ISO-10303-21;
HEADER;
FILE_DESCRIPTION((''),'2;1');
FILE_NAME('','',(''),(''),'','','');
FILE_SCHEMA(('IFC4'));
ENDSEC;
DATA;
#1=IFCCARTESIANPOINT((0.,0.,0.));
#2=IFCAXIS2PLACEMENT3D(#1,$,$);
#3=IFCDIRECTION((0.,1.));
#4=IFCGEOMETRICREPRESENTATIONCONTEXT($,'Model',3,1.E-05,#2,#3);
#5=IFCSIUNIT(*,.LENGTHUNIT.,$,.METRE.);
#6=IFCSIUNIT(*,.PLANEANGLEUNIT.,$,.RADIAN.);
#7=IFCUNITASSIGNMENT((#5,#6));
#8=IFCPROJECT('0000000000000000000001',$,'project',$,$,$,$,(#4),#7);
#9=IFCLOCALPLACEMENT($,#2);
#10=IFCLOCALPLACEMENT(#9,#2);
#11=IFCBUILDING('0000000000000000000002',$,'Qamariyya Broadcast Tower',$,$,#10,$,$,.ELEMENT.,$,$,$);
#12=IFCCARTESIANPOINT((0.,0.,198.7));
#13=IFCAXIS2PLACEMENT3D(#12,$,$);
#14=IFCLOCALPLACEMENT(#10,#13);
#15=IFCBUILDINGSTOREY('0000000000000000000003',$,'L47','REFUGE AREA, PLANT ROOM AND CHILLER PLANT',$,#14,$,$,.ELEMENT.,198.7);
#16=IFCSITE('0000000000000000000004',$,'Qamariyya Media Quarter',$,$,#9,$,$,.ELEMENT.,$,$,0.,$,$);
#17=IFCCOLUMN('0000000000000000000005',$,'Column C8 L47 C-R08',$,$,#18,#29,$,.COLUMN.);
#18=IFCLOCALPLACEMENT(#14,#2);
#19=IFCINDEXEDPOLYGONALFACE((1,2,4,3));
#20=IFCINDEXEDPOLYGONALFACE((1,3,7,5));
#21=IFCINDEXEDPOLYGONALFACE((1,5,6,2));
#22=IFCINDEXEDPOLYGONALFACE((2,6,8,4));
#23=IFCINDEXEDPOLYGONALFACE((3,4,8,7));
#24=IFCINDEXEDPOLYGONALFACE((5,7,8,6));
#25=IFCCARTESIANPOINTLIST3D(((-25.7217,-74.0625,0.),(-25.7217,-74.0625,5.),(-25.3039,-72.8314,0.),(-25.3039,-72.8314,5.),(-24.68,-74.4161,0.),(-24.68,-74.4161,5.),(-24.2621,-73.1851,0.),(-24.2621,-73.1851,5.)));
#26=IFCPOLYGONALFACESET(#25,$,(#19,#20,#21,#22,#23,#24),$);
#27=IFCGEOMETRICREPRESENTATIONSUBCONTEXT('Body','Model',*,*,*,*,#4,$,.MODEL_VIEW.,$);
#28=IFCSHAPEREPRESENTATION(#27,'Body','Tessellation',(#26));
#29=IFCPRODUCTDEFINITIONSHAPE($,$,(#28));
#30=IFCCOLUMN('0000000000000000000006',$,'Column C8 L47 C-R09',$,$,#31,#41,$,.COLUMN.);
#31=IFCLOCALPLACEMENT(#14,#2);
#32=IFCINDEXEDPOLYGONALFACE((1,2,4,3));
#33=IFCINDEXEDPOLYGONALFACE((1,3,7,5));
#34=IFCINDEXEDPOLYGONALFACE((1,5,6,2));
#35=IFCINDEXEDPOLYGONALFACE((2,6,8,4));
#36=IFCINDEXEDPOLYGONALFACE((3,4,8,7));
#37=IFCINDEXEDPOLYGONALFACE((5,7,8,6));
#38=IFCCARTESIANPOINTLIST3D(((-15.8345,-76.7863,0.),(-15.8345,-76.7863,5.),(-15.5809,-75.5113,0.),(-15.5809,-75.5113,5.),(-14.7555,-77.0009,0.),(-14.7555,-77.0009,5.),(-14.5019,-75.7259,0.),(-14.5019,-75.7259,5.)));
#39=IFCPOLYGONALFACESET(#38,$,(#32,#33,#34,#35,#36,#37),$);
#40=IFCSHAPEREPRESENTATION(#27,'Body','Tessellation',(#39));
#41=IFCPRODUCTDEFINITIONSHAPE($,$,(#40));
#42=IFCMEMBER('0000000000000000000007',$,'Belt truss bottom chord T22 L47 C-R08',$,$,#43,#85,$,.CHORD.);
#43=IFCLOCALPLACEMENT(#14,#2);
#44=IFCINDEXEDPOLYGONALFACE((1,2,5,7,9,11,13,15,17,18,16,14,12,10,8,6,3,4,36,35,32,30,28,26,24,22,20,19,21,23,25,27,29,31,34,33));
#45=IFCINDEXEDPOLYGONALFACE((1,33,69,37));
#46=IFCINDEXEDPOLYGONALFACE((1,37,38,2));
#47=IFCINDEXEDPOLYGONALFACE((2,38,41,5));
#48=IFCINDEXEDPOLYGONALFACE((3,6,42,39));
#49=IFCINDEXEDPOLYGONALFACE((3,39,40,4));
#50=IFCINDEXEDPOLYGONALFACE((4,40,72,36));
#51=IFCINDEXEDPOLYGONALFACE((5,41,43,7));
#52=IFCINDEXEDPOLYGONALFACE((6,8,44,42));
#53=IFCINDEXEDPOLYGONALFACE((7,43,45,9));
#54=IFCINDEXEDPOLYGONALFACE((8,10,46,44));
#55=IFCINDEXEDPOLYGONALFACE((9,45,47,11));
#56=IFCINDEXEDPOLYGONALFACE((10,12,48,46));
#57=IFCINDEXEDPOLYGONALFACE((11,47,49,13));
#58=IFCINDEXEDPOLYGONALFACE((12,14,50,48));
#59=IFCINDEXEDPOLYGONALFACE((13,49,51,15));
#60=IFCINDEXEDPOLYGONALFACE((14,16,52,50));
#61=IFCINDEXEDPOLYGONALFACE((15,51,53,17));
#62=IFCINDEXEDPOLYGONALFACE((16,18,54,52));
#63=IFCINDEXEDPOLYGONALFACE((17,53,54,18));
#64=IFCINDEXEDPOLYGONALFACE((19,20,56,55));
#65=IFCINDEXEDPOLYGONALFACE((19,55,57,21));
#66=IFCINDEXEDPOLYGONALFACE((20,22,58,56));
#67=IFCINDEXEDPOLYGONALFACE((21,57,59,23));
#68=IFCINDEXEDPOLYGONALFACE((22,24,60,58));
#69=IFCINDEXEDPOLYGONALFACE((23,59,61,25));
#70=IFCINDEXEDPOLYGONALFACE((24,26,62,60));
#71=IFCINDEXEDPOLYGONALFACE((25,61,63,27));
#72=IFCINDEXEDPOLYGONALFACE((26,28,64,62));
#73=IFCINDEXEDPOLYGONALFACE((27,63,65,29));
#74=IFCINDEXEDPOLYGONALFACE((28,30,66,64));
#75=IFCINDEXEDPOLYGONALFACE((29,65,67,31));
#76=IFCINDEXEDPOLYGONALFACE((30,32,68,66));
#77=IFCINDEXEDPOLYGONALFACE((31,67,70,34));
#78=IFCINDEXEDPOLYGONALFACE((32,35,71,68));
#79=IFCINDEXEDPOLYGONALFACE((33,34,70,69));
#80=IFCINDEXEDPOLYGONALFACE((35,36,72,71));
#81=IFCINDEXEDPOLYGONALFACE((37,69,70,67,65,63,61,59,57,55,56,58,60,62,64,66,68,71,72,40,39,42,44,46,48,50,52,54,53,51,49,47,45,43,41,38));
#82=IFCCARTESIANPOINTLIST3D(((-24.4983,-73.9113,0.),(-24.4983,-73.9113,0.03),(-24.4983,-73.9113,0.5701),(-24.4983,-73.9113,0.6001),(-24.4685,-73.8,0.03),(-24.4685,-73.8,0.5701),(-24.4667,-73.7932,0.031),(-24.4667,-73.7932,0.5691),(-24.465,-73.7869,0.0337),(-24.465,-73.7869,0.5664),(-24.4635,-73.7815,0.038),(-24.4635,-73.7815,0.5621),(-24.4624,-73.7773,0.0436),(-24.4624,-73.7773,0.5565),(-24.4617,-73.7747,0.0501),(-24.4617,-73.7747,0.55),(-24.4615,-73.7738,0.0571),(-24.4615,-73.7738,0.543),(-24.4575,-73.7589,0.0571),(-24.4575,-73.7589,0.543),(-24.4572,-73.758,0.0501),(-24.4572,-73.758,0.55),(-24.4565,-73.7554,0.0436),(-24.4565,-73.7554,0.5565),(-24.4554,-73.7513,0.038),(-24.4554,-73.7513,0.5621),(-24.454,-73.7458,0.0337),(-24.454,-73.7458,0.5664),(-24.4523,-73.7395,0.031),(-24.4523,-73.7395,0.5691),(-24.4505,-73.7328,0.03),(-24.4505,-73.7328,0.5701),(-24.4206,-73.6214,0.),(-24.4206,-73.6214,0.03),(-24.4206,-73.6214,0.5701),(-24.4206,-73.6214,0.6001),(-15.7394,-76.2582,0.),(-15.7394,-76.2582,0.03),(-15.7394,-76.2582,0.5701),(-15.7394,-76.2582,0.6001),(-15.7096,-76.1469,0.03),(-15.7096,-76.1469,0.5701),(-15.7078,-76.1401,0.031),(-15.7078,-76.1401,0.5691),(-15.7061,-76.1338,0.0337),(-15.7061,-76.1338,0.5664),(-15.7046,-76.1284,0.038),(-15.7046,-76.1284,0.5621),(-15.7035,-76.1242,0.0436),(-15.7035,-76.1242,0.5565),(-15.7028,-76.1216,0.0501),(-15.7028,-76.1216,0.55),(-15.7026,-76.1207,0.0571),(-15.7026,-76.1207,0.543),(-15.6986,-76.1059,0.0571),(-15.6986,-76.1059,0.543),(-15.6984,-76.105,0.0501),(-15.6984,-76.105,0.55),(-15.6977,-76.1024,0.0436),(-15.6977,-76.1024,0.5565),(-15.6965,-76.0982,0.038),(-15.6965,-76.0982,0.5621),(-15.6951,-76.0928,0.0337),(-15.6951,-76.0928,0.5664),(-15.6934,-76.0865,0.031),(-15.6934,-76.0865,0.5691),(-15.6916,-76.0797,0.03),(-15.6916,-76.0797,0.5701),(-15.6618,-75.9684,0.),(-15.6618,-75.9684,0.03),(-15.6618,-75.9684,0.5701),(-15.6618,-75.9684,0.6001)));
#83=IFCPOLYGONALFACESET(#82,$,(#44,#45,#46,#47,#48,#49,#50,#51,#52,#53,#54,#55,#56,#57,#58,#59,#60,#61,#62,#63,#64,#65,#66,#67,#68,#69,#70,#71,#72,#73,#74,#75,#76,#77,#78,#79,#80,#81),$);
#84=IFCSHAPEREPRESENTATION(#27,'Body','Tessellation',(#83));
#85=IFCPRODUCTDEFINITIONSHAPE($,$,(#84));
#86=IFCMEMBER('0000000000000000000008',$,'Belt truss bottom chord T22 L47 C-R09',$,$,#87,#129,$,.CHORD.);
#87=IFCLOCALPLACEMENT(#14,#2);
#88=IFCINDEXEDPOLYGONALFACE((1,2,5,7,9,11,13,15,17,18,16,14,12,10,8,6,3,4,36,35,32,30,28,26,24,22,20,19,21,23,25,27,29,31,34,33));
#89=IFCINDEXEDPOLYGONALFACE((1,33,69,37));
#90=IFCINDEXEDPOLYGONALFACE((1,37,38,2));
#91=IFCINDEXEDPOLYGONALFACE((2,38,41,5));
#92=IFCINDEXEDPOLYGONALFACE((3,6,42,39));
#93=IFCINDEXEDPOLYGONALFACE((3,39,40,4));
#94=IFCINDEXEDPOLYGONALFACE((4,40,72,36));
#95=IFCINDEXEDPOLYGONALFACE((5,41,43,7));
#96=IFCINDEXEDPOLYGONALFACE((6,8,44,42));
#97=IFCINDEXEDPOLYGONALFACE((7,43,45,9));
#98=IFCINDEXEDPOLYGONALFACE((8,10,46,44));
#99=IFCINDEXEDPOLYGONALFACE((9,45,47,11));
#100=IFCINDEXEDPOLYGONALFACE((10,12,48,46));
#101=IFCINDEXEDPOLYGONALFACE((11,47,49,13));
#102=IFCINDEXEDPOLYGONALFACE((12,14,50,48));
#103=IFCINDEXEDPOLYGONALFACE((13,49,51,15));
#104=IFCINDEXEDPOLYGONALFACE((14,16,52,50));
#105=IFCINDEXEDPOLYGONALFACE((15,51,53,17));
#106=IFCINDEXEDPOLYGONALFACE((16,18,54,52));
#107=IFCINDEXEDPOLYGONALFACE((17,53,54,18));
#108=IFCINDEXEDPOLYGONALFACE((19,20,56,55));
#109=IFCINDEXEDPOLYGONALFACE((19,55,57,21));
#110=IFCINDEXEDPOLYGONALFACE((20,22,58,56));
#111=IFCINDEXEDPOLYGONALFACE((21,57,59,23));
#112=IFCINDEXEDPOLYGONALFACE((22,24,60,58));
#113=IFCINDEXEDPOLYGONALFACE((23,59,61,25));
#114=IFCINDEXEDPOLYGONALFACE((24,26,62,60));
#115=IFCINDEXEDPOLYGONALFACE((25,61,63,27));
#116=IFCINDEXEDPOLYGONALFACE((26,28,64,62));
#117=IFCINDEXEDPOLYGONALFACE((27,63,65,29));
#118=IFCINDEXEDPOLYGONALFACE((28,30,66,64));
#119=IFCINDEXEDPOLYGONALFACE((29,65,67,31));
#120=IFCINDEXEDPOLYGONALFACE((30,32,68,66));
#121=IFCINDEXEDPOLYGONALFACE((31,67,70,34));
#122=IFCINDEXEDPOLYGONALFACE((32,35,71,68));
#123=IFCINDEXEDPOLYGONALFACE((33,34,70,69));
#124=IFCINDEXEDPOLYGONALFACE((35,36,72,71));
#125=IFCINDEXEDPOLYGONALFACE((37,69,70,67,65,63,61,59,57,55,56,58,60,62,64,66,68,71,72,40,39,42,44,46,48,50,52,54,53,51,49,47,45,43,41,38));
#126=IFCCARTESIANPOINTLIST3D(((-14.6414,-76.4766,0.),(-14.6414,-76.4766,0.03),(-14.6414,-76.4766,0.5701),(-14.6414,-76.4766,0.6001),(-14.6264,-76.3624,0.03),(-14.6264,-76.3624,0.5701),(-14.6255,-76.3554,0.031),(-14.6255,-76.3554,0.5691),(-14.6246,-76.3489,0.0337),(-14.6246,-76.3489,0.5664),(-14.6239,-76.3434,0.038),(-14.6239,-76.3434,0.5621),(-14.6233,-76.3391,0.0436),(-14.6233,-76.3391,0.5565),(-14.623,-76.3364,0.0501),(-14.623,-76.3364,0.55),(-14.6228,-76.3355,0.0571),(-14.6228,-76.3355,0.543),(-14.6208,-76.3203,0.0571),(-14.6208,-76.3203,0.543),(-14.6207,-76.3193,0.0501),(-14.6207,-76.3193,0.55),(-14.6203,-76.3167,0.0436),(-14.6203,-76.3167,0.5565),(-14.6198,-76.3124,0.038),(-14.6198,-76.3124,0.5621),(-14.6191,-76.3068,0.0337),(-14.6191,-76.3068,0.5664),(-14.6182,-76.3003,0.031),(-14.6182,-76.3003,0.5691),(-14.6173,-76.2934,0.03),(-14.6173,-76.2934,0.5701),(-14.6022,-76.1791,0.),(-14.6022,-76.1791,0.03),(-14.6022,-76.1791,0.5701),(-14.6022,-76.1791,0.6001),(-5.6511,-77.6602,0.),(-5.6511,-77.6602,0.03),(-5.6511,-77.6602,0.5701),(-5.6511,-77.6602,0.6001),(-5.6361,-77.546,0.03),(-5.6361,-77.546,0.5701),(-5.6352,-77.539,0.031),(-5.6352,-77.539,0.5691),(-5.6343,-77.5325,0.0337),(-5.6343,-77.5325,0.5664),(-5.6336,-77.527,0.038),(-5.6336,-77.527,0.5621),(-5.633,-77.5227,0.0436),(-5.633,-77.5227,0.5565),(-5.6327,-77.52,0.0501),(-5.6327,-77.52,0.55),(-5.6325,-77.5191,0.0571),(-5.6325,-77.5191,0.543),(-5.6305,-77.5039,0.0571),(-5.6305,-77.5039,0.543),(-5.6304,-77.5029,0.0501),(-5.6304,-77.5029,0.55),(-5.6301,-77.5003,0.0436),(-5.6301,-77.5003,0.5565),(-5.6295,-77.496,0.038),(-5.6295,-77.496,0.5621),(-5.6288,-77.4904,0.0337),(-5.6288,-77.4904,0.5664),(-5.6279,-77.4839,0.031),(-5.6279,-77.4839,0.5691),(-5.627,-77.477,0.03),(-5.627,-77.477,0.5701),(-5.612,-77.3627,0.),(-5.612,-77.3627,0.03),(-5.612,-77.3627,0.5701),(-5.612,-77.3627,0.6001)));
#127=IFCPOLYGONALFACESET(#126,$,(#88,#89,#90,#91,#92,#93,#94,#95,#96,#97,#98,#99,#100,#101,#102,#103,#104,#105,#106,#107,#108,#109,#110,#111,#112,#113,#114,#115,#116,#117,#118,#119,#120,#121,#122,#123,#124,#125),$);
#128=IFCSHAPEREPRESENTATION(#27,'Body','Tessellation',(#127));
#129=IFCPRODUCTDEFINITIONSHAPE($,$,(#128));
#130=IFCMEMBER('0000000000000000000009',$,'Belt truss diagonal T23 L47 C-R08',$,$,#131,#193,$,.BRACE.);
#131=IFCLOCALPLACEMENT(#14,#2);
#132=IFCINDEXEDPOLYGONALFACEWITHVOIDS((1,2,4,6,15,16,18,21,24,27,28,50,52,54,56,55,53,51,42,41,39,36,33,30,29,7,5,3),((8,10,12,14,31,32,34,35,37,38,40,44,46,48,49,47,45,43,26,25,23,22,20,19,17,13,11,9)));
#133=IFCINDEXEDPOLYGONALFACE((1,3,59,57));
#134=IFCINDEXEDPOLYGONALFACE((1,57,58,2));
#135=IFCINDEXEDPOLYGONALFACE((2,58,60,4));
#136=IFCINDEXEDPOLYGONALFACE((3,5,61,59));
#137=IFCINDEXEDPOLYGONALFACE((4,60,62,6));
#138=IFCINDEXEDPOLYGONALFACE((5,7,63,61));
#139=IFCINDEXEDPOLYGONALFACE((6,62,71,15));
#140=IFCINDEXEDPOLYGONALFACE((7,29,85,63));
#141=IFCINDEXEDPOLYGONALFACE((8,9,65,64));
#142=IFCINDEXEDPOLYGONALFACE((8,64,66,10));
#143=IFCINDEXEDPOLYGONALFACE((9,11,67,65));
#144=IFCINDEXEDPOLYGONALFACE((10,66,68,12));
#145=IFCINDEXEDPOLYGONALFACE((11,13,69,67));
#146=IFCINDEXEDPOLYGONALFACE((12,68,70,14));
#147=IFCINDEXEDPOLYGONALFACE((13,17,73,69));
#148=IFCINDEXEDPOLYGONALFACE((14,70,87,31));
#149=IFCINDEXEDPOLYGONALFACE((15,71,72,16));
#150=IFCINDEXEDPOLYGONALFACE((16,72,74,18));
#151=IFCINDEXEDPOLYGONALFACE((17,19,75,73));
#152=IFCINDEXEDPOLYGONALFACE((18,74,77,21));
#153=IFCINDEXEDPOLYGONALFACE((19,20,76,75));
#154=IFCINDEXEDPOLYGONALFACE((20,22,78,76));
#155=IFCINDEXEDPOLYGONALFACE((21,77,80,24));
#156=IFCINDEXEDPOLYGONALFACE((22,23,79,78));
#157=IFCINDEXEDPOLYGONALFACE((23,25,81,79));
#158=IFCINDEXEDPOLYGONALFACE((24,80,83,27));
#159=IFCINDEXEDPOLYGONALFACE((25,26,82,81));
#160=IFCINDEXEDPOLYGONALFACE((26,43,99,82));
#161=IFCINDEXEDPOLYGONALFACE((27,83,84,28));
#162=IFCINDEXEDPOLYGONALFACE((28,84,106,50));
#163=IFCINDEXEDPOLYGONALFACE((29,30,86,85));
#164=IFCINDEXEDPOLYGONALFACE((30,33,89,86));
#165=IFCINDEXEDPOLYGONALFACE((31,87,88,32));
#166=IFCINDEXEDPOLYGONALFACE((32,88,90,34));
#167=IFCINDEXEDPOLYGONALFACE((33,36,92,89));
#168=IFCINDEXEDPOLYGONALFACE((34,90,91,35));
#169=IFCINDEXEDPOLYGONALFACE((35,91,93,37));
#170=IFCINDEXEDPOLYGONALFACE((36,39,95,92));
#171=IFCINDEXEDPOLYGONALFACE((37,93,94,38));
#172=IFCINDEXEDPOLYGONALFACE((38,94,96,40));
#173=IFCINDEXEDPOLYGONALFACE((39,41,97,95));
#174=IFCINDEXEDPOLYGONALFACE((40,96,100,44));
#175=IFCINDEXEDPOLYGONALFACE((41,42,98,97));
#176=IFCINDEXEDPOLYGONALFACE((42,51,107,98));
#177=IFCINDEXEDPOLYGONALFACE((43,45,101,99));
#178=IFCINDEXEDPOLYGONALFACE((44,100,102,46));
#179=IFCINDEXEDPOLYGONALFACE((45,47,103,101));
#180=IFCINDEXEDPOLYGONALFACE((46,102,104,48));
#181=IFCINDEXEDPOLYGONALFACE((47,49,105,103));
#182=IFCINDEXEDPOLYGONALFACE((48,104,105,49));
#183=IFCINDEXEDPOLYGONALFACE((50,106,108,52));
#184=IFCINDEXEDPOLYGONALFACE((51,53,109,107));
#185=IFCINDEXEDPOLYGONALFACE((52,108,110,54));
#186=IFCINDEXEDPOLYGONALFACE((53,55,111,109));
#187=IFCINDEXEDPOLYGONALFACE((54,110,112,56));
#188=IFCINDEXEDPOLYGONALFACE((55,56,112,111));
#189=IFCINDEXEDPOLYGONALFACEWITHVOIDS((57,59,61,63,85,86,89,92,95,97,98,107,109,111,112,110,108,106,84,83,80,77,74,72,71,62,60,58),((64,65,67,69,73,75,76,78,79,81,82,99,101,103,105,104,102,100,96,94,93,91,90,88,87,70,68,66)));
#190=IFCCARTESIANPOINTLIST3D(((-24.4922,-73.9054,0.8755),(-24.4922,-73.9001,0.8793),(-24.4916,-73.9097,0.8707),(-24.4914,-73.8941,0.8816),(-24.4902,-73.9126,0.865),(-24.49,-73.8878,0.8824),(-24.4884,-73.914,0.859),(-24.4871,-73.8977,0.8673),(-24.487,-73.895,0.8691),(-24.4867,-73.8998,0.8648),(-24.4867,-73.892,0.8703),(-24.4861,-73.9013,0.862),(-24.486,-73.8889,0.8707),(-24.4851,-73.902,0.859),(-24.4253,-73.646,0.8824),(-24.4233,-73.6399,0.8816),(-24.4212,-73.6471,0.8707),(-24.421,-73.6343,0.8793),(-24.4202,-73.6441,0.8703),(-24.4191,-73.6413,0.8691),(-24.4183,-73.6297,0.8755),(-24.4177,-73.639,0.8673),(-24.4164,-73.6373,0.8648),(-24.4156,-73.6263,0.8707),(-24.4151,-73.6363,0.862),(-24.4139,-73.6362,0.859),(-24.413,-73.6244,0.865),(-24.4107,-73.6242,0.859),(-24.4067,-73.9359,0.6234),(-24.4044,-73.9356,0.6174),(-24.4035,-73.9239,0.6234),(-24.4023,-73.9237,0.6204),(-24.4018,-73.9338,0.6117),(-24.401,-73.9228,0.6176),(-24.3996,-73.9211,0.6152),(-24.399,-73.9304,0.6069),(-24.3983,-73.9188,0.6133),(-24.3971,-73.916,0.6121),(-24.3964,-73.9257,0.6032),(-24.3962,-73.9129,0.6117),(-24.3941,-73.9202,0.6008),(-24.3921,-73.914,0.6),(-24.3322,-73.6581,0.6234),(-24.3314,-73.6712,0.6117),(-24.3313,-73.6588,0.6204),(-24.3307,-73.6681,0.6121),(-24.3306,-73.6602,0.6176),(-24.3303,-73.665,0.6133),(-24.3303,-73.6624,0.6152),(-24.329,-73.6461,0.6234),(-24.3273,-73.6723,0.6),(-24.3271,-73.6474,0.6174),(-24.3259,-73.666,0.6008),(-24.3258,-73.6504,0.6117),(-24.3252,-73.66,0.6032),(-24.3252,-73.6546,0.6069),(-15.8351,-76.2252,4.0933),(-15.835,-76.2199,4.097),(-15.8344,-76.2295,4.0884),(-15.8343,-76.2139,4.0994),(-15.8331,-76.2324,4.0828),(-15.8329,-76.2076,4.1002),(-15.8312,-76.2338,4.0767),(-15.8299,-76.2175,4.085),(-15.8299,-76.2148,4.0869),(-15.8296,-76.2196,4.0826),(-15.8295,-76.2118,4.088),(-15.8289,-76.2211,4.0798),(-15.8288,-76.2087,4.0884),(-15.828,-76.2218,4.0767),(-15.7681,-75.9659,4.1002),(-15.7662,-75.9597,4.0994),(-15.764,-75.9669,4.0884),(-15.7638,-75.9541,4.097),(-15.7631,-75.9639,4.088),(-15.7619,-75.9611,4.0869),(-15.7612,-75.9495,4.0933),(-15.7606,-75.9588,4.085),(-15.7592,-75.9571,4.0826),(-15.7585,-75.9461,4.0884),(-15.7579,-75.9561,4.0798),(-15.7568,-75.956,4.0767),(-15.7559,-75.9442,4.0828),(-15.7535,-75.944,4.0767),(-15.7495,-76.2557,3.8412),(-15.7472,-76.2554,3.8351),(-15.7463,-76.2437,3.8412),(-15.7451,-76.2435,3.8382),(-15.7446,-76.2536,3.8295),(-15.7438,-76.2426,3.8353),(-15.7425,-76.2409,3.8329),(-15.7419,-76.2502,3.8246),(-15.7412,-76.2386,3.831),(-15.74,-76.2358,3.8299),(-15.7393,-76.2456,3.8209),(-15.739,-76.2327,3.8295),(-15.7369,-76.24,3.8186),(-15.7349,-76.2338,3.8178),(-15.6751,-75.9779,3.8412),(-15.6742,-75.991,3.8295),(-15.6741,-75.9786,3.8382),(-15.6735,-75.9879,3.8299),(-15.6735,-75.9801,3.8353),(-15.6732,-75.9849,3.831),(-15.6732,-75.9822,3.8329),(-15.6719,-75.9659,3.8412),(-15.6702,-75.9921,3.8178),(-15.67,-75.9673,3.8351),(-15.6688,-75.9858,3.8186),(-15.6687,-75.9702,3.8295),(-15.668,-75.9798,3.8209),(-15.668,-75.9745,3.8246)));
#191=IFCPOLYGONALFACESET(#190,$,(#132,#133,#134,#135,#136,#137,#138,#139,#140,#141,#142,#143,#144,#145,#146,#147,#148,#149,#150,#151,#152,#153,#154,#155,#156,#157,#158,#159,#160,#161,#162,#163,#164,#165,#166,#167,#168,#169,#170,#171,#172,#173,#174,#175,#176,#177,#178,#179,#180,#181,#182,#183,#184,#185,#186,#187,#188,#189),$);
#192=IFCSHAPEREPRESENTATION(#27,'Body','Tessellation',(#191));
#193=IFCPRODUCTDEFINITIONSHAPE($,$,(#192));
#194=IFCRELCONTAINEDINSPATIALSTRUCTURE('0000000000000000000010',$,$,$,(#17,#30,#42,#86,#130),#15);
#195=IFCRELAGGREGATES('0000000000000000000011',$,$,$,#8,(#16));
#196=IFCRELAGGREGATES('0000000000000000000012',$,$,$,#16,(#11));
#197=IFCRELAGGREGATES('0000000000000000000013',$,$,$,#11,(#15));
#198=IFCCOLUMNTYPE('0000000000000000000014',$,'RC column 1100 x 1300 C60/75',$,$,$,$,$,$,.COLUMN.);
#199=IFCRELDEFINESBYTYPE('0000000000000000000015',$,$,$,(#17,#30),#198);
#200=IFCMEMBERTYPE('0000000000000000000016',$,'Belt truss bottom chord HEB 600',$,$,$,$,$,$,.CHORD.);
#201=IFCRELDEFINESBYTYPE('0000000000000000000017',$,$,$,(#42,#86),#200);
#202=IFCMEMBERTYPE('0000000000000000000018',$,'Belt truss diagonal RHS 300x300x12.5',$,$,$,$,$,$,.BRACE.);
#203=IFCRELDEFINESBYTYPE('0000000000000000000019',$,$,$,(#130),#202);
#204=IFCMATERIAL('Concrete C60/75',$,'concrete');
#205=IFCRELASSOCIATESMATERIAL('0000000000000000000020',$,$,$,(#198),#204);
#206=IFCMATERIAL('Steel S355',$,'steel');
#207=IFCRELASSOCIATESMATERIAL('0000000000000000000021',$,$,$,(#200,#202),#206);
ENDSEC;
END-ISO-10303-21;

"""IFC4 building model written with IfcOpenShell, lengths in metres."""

from ifc_helpers import new_model, si_unit, direction, frame, origin, origin_2d, place, context, subcontext, project, spatial, rectangle, hollow_rectangle, i_section, extrude, material, material_profile, profile_set, type_object, element, save


model = new_model("IFC4")

# Units and contexts
model_context = context("Model", 3, precision=1e-05, world=origin(), true_north=direction((0.0, 1.0)))
body_context = subcontext(model_context, "Body", "Model", "MODEL_VIEW")
ifc_project = project(units=[si_unit("LENGTHUNIT", "METRE"), si_unit("PLANEANGLEUNIT", "RADIAN")], contexts=[model_context])

# Site, building, storey
site_placement = place(None, origin())
site = spatial("IfcSite", under=ifc_project, at=site_placement, Name="Qamariyya Media Quarter", CompositionType="ELEMENT", RefElevation=0.0)
building_placement = place(site_placement, origin())
building = spatial("IfcBuilding", under=site, at=building_placement, Name="Qamariyya Broadcast Tower", CompositionType="ELEMENT")
storey_placement = place(building_placement, frame((0.0, 0.0, 198.7)))
storey = spatial("IfcBuildingStorey", under=building, at=storey_placement, Name="L47", Description="REFUGE AREA, PLANT ROOM AND CHILLER PLANT", CompositionType="ELEMENT", Elevation=198.7)

# Columns
ifc_material_1 = material(Name="Concrete C60/75", Category="concrete")
ifc_material_profile_1 = material_profile(ifc_material_1, rectangle(XDim=1.1001, YDim=1.3, at=origin_2d()))
ifc_profile_set_1 = profile_set([ifc_material_profile_1], Name="Concrete C60/75")
column_type = type_object("IfcColumnType", Name="RC column 1100 x 1300 C60/75", PredefinedType="COLUMN", material=ifc_profile_set_1)
for number, where, z_axis, x_axis, name in (
    (1, (-24.9919, -73.6238, 0.0), (0.0, 0.0, 1.0), (0.94693, -0.321439, 0.0), "Column C8 L47 C-R08"),
    (2, (-15.1682, -76.2561, 0.0), (0.0, 0.0, 1.0), (0.980785, -0.19509, 0.0), "Column C8 L47 C-R09"),
):
    element("IfcColumn", number, at=place(storey_placement, frame(where, z_axis=z_axis, x_axis=x_axis)), inside=storey, type_object=column_type, Name=name, PredefinedType="COLUMN", context=body_context, shape_type="SweptSolid", body=[
        extrude(rectangle(XDim=1.1001, YDim=1.3, at=origin_2d()), origin(), (0.0, 0.0, 1.0), 5.0),
    ])

# Members
ifc_material_2 = material(Name="Steel S355", Category="steel")
ifc_material_profile_2 = material_profile(ifc_material_2, i_section(OverallWidth=0.3, OverallDepth=0.6001, WebThickness=0.0154, FlangeThickness=0.03, FilletRadius=0.0271, at=origin_2d()))
ifc_profile_set_2 = profile_set([ifc_material_profile_2], Name="Steel S355")
member_type_1 = type_object("IfcMemberType", Name="Belt truss bottom chord HEB 600", PredefinedType="CHORD", material=ifc_profile_set_2)
for number, where, z_axis, x_axis, name in (
    (3, (-24.4595, -73.7664, 0.3), (0.965925, -0.25882, 0.0), (0.25882, 0.965925, 0.0), "Belt truss bottom chord T22 L47 C-R08"),
    (4, (-14.6218, -76.3279, 0.3), (0.991445, -0.130527, 0.0), (0.130527, 0.991445, 0.0), "Belt truss bottom chord T22 L47 C-R09"),
):
    element("IfcMember", number, at=place(storey_placement, frame(where, z_axis=z_axis, x_axis=x_axis)), inside=storey, type_object=member_type_1, Name=name, PredefinedType="CHORD", context=body_context, shape_type="SweptSolid", body=[
        extrude(i_section(OverallWidth=0.3, OverallDepth=0.6001, WebThickness=0.0154, FlangeThickness=0.03, FilletRadius=0.0271, at=origin_2d()), origin(), (0.0, 0.0, 1.0), 9.0679),
    ])
ifc_material_profile_3 = material_profile(ifc_material_2, hollow_rectangle(XDim=0.3, YDim=0.3, WallThickness=0.0125, InnerFilletRadius=0.0125, OuterFilletRadius=0.0249, at=origin_2d()))
ifc_profile_set_3 = profile_set([ifc_material_profile_3], Name="Steel S355")
member_type_2 = type_object("IfcMemberType", Name="Belt truss diagonal RHS 300x300x12.5", PredefinedType="BRACE", material=ifc_profile_set_3)
member_placement = place(storey_placement, frame((-24.4087, -73.78, 0.7412), z_axis=(0.909108, -0.243608, 0.337903), x_axis=(0.258832, 0.965922, 0.0)))
element("IfcMember", 5, at=member_placement, inside=storey, type_object=member_type_2, Name="Belt truss diagonal T23 L47 C-R08", PredefinedType="BRACE", context=body_context, shape_type="SweptSolid", body=[
    extrude(hollow_rectangle(XDim=0.3, YDim=0.3, WallThickness=0.0125, InnerFilletRadius=0.0125, OuterFilletRadius=0.0249, at=origin_2d()), origin(), (0.0, 0.0, 1.0), 9.5227),
])

save(model, "model.ifc")
